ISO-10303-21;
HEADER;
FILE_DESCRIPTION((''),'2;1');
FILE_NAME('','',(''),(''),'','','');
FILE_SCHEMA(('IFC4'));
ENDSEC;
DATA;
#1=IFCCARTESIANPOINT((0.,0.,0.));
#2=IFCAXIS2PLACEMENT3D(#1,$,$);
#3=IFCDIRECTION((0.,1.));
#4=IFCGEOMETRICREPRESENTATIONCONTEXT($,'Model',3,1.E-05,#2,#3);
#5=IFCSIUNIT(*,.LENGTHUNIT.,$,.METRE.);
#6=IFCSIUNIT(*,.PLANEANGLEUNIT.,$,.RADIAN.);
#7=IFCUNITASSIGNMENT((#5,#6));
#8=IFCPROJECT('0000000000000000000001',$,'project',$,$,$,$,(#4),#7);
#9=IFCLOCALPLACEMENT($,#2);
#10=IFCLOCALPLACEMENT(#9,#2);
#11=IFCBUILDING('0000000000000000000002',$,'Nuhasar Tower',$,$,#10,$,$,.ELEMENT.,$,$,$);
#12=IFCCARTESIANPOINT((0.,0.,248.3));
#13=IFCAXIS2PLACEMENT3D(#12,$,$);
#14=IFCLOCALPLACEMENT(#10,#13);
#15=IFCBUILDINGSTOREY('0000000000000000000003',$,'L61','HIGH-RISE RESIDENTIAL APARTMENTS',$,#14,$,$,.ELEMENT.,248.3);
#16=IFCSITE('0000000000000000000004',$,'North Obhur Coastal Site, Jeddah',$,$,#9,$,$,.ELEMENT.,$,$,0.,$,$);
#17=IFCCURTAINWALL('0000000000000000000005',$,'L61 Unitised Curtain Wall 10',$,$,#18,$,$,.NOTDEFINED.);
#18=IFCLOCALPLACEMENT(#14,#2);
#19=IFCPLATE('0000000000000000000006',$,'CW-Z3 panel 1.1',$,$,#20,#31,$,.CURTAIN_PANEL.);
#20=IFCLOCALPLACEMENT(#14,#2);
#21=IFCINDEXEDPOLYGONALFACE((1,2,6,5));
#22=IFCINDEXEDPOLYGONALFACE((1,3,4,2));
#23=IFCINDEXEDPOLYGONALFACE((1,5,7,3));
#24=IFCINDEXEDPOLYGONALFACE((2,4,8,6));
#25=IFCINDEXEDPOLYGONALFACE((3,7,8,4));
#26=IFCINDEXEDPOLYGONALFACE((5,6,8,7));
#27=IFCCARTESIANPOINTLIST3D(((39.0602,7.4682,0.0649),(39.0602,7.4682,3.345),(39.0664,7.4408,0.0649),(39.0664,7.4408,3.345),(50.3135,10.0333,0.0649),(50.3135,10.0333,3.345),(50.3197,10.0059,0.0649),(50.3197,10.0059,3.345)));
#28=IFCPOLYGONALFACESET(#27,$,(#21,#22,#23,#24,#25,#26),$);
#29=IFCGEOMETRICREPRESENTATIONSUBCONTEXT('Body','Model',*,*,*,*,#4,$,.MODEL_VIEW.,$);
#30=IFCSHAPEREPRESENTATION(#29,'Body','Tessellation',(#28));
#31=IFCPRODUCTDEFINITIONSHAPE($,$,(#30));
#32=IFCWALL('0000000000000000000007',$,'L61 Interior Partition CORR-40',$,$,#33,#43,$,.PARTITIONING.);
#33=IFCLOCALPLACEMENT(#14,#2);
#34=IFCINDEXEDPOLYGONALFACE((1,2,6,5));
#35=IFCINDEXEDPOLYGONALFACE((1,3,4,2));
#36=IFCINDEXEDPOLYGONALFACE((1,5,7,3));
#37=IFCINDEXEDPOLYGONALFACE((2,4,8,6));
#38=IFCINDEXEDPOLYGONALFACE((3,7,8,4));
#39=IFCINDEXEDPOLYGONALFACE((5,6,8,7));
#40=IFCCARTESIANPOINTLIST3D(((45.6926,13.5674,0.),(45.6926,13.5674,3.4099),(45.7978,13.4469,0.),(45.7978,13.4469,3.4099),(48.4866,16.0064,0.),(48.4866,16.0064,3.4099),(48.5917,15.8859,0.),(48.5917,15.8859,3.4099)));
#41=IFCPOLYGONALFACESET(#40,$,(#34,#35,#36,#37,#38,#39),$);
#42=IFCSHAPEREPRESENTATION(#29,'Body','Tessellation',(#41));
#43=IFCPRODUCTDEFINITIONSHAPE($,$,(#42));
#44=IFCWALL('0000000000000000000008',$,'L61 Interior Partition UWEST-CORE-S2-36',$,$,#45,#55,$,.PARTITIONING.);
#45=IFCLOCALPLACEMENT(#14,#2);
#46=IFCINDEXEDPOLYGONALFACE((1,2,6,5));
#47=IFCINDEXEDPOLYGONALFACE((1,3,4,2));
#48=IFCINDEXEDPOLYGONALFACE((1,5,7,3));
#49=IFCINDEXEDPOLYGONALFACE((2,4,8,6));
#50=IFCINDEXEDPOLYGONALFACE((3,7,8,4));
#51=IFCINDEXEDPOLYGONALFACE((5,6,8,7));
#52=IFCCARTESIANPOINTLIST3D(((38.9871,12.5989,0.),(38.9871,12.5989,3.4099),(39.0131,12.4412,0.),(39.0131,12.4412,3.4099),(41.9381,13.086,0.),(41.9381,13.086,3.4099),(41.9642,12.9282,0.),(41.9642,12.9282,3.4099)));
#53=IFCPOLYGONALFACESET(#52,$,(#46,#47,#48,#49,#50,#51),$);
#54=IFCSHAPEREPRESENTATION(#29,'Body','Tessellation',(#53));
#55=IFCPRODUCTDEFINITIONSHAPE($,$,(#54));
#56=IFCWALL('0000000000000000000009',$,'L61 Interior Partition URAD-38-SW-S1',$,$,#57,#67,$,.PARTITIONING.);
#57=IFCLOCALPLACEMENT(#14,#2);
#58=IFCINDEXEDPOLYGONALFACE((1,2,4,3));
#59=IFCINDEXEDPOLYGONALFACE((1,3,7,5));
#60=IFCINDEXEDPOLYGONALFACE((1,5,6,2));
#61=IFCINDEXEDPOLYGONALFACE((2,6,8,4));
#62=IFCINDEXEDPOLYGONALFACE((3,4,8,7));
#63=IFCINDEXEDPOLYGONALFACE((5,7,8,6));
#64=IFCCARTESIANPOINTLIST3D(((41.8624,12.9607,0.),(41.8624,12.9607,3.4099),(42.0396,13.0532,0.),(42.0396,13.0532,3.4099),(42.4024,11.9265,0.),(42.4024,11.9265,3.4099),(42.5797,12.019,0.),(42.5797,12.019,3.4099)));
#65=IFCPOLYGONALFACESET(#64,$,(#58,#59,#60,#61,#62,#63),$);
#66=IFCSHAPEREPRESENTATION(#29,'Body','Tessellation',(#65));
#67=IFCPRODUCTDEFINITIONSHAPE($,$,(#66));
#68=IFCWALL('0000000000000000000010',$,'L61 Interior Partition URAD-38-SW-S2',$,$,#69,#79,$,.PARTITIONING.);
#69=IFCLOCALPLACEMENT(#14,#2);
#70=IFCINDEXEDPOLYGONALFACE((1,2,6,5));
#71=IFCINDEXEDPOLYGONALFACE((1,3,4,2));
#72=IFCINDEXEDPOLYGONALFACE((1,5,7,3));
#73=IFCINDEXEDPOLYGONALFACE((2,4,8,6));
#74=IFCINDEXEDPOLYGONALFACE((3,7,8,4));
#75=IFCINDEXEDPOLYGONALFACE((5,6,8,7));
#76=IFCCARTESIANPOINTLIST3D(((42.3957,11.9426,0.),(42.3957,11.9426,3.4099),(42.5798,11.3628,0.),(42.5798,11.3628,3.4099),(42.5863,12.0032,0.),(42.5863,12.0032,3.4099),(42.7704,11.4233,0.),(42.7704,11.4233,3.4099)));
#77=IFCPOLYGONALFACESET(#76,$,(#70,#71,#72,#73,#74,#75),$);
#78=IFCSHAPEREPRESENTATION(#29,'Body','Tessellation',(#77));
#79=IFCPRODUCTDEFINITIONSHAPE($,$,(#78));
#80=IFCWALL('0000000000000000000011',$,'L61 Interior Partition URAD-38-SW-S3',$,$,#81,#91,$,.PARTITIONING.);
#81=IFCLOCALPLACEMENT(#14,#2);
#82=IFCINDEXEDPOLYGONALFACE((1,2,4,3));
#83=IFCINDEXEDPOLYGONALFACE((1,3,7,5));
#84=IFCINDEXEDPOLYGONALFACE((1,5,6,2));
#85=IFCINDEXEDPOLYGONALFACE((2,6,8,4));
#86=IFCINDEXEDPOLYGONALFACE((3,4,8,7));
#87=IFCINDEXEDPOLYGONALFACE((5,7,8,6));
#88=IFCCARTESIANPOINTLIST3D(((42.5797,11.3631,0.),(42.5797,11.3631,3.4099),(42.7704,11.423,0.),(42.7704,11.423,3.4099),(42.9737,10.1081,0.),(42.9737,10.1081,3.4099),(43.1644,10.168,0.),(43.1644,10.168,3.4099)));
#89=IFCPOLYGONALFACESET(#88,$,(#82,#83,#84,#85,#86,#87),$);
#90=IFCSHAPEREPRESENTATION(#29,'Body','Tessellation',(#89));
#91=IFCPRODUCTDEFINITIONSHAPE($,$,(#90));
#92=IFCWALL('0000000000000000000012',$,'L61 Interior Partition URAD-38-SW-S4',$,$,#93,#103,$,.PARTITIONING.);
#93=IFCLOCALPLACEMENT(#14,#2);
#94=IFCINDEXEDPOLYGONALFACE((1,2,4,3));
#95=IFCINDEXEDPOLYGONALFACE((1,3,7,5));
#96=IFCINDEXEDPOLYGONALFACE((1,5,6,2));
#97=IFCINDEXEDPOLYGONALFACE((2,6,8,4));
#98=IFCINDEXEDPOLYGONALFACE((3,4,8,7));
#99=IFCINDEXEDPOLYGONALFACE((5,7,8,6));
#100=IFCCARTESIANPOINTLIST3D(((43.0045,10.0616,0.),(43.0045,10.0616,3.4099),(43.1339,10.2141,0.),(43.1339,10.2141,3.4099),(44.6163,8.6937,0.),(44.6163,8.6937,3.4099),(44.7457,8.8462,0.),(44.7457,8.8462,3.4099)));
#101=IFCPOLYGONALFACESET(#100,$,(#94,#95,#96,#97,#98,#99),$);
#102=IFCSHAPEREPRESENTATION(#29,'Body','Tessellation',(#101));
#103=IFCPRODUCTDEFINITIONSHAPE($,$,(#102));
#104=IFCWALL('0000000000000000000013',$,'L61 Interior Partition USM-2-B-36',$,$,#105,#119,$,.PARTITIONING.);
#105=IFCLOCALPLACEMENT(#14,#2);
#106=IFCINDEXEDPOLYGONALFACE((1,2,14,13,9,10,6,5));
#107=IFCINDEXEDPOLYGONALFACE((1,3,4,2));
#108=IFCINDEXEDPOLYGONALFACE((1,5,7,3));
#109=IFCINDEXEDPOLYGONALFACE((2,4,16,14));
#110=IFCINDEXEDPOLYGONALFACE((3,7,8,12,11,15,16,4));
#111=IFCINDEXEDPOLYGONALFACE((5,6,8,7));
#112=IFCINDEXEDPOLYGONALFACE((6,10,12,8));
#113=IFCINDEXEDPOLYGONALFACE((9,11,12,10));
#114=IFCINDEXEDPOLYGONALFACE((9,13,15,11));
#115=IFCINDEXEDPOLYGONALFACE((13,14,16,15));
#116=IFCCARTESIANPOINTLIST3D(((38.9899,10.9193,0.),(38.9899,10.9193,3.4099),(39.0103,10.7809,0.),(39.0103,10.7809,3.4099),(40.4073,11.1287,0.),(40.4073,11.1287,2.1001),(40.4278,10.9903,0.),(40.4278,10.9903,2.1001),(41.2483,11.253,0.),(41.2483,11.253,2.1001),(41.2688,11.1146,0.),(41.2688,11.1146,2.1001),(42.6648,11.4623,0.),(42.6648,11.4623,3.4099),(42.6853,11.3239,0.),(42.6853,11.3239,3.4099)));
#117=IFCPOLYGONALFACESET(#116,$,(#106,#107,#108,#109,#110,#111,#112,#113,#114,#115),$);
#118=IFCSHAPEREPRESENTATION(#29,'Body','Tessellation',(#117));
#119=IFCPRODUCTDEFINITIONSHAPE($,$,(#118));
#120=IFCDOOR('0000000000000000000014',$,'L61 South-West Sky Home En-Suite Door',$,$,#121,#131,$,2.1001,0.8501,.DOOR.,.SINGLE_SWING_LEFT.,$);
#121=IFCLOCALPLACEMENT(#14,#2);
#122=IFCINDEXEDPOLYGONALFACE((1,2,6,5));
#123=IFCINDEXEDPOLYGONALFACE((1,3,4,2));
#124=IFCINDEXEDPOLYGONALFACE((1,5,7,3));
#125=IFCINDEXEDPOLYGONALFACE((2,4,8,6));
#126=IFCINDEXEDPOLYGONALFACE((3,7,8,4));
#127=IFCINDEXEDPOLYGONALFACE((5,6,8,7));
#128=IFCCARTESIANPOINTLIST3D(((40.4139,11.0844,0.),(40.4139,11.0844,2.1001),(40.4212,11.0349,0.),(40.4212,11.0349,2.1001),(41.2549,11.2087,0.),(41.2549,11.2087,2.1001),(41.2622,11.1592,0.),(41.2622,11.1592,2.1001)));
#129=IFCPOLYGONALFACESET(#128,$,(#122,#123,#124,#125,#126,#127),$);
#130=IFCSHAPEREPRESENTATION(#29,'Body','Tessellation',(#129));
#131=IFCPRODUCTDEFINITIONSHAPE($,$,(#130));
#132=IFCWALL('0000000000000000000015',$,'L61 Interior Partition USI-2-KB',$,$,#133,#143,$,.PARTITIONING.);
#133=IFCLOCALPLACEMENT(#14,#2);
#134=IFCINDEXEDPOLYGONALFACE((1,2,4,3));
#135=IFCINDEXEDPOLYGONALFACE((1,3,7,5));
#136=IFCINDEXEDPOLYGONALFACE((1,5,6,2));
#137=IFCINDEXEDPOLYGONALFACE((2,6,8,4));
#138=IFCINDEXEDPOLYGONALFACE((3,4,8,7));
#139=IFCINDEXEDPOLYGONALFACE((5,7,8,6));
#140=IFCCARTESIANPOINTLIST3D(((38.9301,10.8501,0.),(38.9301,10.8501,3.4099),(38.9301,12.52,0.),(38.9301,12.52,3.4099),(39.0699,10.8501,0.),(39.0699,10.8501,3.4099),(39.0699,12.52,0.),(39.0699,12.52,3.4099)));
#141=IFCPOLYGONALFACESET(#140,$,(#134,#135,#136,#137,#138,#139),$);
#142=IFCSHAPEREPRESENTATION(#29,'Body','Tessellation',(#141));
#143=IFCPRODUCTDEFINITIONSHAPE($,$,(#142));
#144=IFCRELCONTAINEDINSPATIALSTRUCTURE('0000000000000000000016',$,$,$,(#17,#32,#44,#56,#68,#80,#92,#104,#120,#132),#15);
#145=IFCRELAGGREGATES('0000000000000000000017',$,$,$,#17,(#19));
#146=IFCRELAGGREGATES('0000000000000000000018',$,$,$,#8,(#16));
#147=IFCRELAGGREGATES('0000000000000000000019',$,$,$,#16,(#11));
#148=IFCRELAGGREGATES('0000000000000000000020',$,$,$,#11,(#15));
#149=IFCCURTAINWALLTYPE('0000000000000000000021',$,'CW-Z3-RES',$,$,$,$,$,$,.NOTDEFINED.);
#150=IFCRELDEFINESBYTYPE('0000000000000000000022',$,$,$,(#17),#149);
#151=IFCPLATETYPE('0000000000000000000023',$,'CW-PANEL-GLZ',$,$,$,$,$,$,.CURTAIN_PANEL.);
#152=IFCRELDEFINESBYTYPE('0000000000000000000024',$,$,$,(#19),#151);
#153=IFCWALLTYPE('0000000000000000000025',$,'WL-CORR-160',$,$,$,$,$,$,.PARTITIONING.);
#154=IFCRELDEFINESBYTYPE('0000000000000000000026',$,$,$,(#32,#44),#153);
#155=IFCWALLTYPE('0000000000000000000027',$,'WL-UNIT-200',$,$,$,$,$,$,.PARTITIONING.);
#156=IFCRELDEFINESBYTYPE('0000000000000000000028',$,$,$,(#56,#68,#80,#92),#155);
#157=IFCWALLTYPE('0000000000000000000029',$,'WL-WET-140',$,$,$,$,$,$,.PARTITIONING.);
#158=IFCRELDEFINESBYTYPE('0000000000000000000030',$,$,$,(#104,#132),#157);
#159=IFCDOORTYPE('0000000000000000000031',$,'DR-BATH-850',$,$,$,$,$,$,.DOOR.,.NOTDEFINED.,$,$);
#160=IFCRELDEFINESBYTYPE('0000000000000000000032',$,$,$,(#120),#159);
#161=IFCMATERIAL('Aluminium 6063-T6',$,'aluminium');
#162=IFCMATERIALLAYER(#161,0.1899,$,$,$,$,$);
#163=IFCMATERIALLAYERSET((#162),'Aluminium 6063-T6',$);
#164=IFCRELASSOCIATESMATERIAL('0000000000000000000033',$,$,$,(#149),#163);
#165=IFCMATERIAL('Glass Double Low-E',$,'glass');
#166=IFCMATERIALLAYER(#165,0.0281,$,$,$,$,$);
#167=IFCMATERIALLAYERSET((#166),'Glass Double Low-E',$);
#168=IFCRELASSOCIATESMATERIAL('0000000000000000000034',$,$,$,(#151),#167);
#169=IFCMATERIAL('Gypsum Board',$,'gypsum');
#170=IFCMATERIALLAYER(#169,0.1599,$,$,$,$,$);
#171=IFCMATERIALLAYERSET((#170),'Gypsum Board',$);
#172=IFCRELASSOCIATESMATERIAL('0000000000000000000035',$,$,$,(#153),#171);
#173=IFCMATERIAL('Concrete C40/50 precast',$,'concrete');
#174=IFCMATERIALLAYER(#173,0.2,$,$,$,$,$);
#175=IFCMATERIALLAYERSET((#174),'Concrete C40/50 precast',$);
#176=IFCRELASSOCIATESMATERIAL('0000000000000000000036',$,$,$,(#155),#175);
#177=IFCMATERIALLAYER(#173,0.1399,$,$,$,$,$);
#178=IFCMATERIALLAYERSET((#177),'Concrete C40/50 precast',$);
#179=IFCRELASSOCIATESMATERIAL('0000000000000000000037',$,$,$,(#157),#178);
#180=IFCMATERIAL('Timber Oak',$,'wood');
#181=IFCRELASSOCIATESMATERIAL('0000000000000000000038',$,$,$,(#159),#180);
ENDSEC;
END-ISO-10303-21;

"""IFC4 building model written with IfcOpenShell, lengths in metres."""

from ifc_helpers import new_model, si_unit, direction, frame, frame_2d, origin, origin_2d, place, context, subcontext, project, spatial, rectangle, extrude, material, layer, layer_set, type_object, element, fill, aggregate, save


model = new_model("IFC4")

# Units and contexts
model_context = context("Model", 3, precision=1e-05, world=origin(), true_north=direction((0.0, 1.0)))
body_context = subcontext(model_context, "Body", "Model", "MODEL_VIEW")
ifc_project = project(units=[si_unit("LENGTHUNIT", "METRE"), si_unit("PLANEANGLEUNIT", "RADIAN")], contexts=[model_context])

# Site, building, storey
site_placement = place(None, origin())
site = spatial("IfcSite", under=ifc_project, at=site_placement, Name="North Obhur Coastal Site, Jeddah", CompositionType="ELEMENT", RefElevation=0.0)
building_placement = place(site_placement, origin())
building = spatial("IfcBuilding", under=site, at=building_placement, Name="Nuhasar Tower", CompositionType="ELEMENT")
storey_placement = place(building_placement, frame((0.0, 0.0, 248.3)))
storey = spatial("IfcBuildingStorey", under=building, at=storey_placement, Name="L61", Description="HIGH-RISE RESIDENTIAL APARTMENTS", CompositionType="ELEMENT", Elevation=248.3)

# Shared definitions
ifc_material_1 = material(Name="Aluminium 6063-T6", Category="aluminium")
ifc_layer_1 = layer(ifc_material_1, 0.1899)
ifc_layer_set_1 = layer_set([ifc_layer_1], Name="Aluminium 6063-T6")
curtain_wall_type = type_object("IfcCurtainWallType", Name="CW-Z3-RES", PredefinedType="NOTDEFINED", material=ifc_layer_set_1)

# Curtain wall
curtain_wall_1_placement = place(storey_placement, origin())
curtain_wall_1 = element("IfcCurtainWall", 1, at=curtain_wall_1_placement, inside=storey, type_object=curtain_wall_type, Name="L61 Unitised Curtain Wall 10", PredefinedType="NOTDEFINED")

# Plate
ifc_material_2 = material(Name="Glass Double Low-E", Category="glass")
ifc_layer_2 = layer(ifc_material_2, 0.0281)
ifc_layer_set_2 = layer_set([ifc_layer_2], Name="Glass Double Low-E")
plate_type = type_object("IfcPlateType", Name="CW-PANEL-GLZ", PredefinedType="CURTAIN_PANEL", material=ifc_layer_set_2)
plate_placement = place(storey_placement, frame((44.6899, 8.7371, 0.0649), z_axis=(0.0, 0.0, 1.0), x_axis=(0.974991, 0.222243, 0.0)))
plate = element("IfcPlate", 2, at=plate_placement, type_object=plate_type, Name="CW-Z3 panel 1.1", PredefinedType="CURTAIN_PANEL", context=body_context, shape_type="SweptSolid", body=[
    extrude(rectangle(XDim=11.542, YDim=0.0281, at=origin_2d()), origin(), (0.0, 0.0, 1.0), 3.28),
])
aggregate(curtain_wall_1, [plate])

# Shared definitions
ifc_material_3 = material(Name="Gypsum Board", Category="gypsum")
ifc_layer_3 = layer(ifc_material_3, 0.1599)
ifc_layer_set_3 = layer_set([ifc_layer_3], Name="Gypsum Board")
wall_type_1 = type_object("IfcWallType", Name="WL-CORR-160", PredefinedType="PARTITIONING", material=ifc_layer_set_3)
ifc_material_4 = material(Name="Timber Oak", Category="wood")

# Walls
wall_1_placement = place(storey_placement, frame((45.7451, 13.5071, 0.0), z_axis=(0.0, 0.0, 1.0), x_axis=(0.753343, 0.657628, 0.0)))
element("IfcWall", 3, at=wall_1_placement, inside=storey, type_object=wall_type_1, Name="L61 Interior Partition CORR-40", PredefinedType="PARTITIONING", context=body_context, shape_type="SweptSolid", body=[
    extrude(rectangle(XDim=3.7087, YDim=0.1599, at=frame_2d((1.8545, 0.0))), origin(), (0.0, 0.0, 1.0), 3.4099),
])
wall_2_placement = place(storey_placement, frame((39.0, 12.52, 0.0), z_axis=(0.0, 0.0, 1.0), x_axis=(0.986651, 0.16285, 0.0)))
element("IfcWall", 4, at=wall_2_placement, inside=storey, type_object=wall_type_1, Name="L61 Interior Partition UWEST-CORE-S2-36", PredefinedType="PARTITIONING", context=body_context, shape_type="SweptSolid", body=[
    extrude(rectangle(XDim=2.991, YDim=0.1599, at=frame_2d((1.4956, 0.0))), origin(), (0.0, 0.0, 1.0), 3.4099),
])
ifc_material_5 = material(Name="Concrete C40/50 precast", Category="concrete")
ifc_layer_4 = layer(ifc_material_5, 0.2)
ifc_layer_set_4 = layer_set([ifc_layer_4], Name="Concrete C40/50 precast")
wall_type_2 = type_object("IfcWallType", Name="WL-UNIT-200", PredefinedType="PARTITIONING", material=ifc_layer_set_4)
wall_3_placement = place(storey_placement, frame((41.9509, 13.0071, 0.0), z_axis=(0.0, 0.0, 1.0), x_axis=(0.462881, -0.886421, 0.0)))
element("IfcWall", 5, at=wall_3_placement, inside=storey, type_object=wall_type_2, Name="L61 Interior Partition URAD-38-SW-S1", PredefinedType="PARTITIONING", context=body_context, shape_type="SweptSolid", body=[
    extrude(rectangle(XDim=1.1667, YDim=0.2, at=frame_2d((0.5835, 0.0))), origin(), (0.0, 0.0, 1.0), 3.4099),
])
wall_4_placement = place(storey_placement, frame((42.491, 11.9729, 0.0), z_axis=(0.0, 0.0, 1.0), x_axis=(0.302591, -0.953121, 0.0)))
element("IfcWall", 6, at=wall_4_placement, inside=storey, type_object=wall_type_2, Name="L61 Interior Partition URAD-38-SW-S2", PredefinedType="PARTITIONING", context=body_context, shape_type="SweptSolid", body=[
    extrude(rectangle(XDim=0.6084, YDim=0.2, at=frame_2d((0.3042, 0.0))), origin(), (0.0, 0.0, 1.0), 3.4099),
])
wall_5_placement = place(storey_placement, frame((42.675, 11.3931, 0.0), z_axis=(0.0, 0.0, 1.0), x_axis=(0.299532, -0.954086, 0.0)))
element("IfcWall", 7, at=wall_5_placement, inside=storey, type_object=wall_type_2, Name="L61 Interior Partition URAD-38-SW-S3", PredefinedType="PARTITIONING", context=body_context, shape_type="SweptSolid", body=[
    extrude(rectangle(XDim=1.3154, YDim=0.2, at=frame_2d((0.6577, 0.0))), origin(), (0.0, 0.0, 1.0), 3.4099),
])
wall_6_placement = place(storey_placement, frame((43.0691, 10.1379, 0.0), z_axis=(0.0, 0.0, 1.0), x_axis=(0.762435, -0.647065, 0.0)))
element("IfcWall", 8, at=wall_6_placement, inside=storey, type_object=wall_type_2, Name="L61 Interior Partition URAD-38-SW-S4", PredefinedType="PARTITIONING", context=body_context, shape_type="SweptSolid", body=[
    extrude(rectangle(XDim=2.114, YDim=0.2, at=frame_2d((1.0571, 0.0))), origin(), (0.0, 0.0, 1.0), 3.4099),
])

# Wall, opening, door
ifc_layer_5 = layer(ifc_material_5, 0.1399)
ifc_layer_set_5 = layer_set([ifc_layer_5], Name="Concrete C40/50 precast")
wall_type_3 = type_object("IfcWallType", Name="WL-WET-140", PredefinedType="PARTITIONING", material=ifc_layer_set_5)
wall_7_placement = place(storey_placement, frame((42.675, 11.3931, 0.0), z_axis=(0.0, 0.0, 1.0), x_axis=(-0.989261, -0.146158, 0.0)))
wall_7 = element("IfcWall", 9, at=wall_7_placement, inside=storey, type_object=wall_type_3, Name="L61 Interior Partition USM-2-B-36", PredefinedType="PARTITIONING", context=body_context, shape_type="SweptSolid", body=[
    extrude(rectangle(XDim=3.7148, YDim=0.1399, at=frame_2d((1.8574, 0.0))), origin(), (0.0, 0.0, 1.0), 3.4099),
])
opening_1_placement = place(wall_7_placement, frame((1.4319, 0.0, 0.0)))
opening_1 = element("IfcOpeningElement", 10, at=opening_1_placement, cuts=wall_7, PredefinedType="OPENING", context=body_context, shape_type="SweptSolid", body=[
    extrude(rectangle(XDim=0.8501, YDim=2.1001, at=frame_2d((0.425, 1.05))), frame((0.0, 0.0801, 0.0), z_axis=(0.0, -1.0, 0.0), x_axis=(1.0, 0.0, 0.0)), (0.0, 0.0, 1.0), 0.1599),
])
door_type_1 = type_object("IfcDoorType", Name="DR-BATH-850", OperationType="NOTDEFINED", PredefinedType="DOOR", material=ifc_material_4)
door_1_placement = place(opening_1_placement, origin())
door_1 = element("IfcDoor", 11, at=door_1_placement, inside=storey, type_object=door_type_1, Name="L61 South-West Sky Home En-Suite Door", OperationType="SINGLE_SWING_LEFT", OverallHeight=2.1001, OverallWidth=0.8501, PredefinedType="DOOR", context=body_context, shape_type="SweptSolid", body=[
    extrude(rectangle(XDim=0.8501, YDim=2.1001, at=frame_2d((0.425, 1.05))), frame((0.0, 0.0249, 0.0), z_axis=(0.0, -1.0, 0.0), x_axis=(1.0, 0.0, 0.0)), (0.0, 0.0, 1.0), 0.05),
])
fill(opening_1, door_1)

# Wall
wall_8_placement = place(storey_placement, frame((39.0, 12.52, 0.0), z_axis=(0.0, 0.0, 1.0), x_axis=(0.0, -1.0, 0.0)))
element("IfcWall", 12, at=wall_8_placement, inside=storey, type_object=wall_type_3, Name="L61 Interior Partition USI-2-KB", PredefinedType="PARTITIONING", context=body_context, shape_type="SweptSolid", body=[
    extrude(rectangle(XDim=1.6699, YDim=0.1399, at=frame_2d((0.835, 0.0))), origin(), (0.0, 0.0, 1.0), 3.4099),
])

save(model, "model.ifc")
